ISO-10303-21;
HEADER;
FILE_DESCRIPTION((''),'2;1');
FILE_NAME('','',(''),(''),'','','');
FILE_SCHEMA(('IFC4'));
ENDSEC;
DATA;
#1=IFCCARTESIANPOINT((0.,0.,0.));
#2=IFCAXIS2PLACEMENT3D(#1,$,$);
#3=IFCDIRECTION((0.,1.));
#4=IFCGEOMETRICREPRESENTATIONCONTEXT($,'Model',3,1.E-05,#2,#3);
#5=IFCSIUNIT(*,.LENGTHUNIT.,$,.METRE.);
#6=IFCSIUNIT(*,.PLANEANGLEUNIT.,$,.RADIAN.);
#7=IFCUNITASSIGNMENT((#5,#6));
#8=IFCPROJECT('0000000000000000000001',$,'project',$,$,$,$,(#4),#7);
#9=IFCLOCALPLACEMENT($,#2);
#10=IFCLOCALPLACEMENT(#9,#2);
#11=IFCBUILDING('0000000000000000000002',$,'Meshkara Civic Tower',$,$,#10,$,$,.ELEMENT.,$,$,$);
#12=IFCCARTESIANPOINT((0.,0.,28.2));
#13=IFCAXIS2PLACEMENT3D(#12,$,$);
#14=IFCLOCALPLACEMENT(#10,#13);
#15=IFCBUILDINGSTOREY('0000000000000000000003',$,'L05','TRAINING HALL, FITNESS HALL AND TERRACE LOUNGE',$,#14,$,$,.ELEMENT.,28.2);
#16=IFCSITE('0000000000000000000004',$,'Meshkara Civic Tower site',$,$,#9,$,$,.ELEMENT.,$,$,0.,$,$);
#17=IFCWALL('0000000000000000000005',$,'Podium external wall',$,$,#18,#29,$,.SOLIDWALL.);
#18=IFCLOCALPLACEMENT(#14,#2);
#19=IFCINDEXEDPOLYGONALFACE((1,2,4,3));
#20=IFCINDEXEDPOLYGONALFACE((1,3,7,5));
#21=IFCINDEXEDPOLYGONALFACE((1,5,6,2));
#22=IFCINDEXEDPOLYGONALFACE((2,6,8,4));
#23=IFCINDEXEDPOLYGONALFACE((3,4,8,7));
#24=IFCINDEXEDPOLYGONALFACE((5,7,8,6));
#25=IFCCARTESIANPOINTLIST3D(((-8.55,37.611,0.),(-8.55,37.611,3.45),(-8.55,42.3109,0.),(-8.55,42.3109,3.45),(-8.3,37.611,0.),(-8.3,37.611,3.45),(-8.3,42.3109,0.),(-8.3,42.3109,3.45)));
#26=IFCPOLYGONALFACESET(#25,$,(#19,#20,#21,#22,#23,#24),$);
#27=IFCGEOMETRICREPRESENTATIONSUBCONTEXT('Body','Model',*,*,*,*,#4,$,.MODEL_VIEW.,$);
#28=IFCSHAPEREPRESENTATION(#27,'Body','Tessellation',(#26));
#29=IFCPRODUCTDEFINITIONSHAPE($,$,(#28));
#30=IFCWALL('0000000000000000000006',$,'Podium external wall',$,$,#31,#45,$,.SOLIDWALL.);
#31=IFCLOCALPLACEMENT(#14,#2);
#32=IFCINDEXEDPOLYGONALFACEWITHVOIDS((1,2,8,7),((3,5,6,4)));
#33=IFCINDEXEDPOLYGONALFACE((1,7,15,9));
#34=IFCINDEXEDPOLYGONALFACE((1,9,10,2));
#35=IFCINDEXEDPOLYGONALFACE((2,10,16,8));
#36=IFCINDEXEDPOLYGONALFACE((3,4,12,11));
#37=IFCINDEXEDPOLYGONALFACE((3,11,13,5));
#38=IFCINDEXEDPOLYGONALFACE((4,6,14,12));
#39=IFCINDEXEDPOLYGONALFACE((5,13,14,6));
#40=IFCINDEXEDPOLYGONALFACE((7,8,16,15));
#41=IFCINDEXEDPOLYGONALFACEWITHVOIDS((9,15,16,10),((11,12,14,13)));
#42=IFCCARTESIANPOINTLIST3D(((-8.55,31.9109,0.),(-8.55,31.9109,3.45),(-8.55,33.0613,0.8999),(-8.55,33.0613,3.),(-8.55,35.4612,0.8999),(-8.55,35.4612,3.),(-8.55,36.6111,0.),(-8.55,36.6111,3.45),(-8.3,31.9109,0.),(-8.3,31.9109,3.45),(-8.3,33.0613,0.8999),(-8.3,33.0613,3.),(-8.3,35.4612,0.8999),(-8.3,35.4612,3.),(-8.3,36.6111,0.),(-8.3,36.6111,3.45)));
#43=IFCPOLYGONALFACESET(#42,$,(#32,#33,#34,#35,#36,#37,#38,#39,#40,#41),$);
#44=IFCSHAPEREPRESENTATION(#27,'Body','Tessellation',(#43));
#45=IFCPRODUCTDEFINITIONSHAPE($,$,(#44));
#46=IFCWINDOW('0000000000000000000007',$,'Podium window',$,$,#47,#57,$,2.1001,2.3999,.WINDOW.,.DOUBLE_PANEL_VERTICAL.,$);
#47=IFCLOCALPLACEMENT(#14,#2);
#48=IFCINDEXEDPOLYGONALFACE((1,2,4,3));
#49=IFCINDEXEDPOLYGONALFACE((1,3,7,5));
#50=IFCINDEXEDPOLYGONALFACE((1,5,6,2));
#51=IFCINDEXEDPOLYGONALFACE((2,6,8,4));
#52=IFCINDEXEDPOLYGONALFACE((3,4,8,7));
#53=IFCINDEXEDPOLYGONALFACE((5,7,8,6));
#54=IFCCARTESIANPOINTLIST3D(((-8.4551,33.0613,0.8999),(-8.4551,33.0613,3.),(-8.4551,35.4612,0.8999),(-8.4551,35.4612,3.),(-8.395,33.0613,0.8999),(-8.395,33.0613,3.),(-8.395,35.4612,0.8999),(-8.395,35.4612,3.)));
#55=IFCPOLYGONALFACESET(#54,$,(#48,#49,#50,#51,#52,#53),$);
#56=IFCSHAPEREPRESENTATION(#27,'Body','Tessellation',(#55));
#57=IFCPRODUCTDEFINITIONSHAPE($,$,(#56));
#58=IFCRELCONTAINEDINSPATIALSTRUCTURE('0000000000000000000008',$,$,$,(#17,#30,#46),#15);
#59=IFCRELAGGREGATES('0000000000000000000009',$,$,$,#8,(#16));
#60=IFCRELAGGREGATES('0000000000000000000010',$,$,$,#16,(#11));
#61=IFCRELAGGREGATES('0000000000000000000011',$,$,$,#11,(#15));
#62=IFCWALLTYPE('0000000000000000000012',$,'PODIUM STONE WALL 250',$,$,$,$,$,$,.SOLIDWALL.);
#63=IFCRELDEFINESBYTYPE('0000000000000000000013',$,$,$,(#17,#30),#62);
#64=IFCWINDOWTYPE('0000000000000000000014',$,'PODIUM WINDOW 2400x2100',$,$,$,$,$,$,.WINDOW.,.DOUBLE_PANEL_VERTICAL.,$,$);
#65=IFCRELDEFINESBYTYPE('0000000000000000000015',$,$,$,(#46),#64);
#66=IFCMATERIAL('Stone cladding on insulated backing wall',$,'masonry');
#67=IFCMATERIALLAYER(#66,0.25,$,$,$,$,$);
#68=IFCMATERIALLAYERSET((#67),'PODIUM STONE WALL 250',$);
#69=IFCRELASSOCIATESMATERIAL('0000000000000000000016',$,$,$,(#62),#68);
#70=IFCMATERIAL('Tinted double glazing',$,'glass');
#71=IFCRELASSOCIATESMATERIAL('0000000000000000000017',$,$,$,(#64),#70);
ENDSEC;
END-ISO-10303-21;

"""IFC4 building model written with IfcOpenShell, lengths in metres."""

from ifc_helpers import new_model, si_unit, direction, frame, frame_2d, origin, place, context, subcontext, project, spatial, rectangle, extrude, material, layer, layer_set, type_object, element, fill, save


model = new_model("IFC4")

# Units and contexts
model_context = context("Model", 3, precision=1e-05, world=origin(), true_north=direction((0.0, 1.0)))
body_context = subcontext(model_context, "Body", "Model", "MODEL_VIEW")
ifc_project = project(units=[si_unit("LENGTHUNIT", "METRE"), si_unit("PLANEANGLEUNIT", "RADIAN")], contexts=[model_context])

# Site, building, storey
site_placement = place(None, origin())
site = spatial("IfcSite", under=ifc_project, at=site_placement, Name="Meshkara Civic Tower site", CompositionType="ELEMENT", RefElevation=0.0)
building_placement = place(site_placement, origin())
building = spatial("IfcBuilding", under=site, at=building_placement, Name="Meshkara Civic Tower", CompositionType="ELEMENT")
storey_placement = place(building_placement, frame((0.0, 0.0, 28.2)))
storey = spatial("IfcBuildingStorey", under=building, at=storey_placement, Name="L05", Description="TRAINING HALL, FITNESS HALL AND TERRACE LOUNGE", CompositionType="ELEMENT", Elevation=28.2)

# Shared definitions
ifc_material_1 = material(Name="Stone cladding on insulated backing wall", Category="masonry")
ifc_layer = layer(ifc_material_1, 0.25)
ifc_layer_set = layer_set([ifc_layer], Name="PODIUM STONE WALL 250")
wall_type = type_object("IfcWallType", Name="PODIUM STONE WALL 250", PredefinedType="SOLIDWALL", material=ifc_layer_set)
ifc_material_2 = material(Name="Tinted double glazing", Category="glass")
window_type = type_object("IfcWindowType", Name="PODIUM WINDOW 2400x2100", PartitioningType="DOUBLE_PANEL_VERTICAL", PredefinedType="WINDOW", material=ifc_material_2)

# Wall
wall_1_placement = place(storey_placement, frame((-8.425, 42.311, 0.0), z_axis=(0.0, 0.0, 1.0), x_axis=(0.0, -1.0, 0.0)))
element("IfcWall", 1, at=wall_1_placement, inside=storey, type_object=wall_type, Name="Podium external wall", PredefinedType="SOLIDWALL", context=body_context, shape_type="SweptSolid", body=[
    extrude(rectangle(XDim=4.7, YDim=0.25, at=frame_2d((2.3501, 0.0))), origin(), (0.0, 0.0, 1.0), 3.45),
])

# Wall, opening, window
wall_2_placement = place(storey_placement, frame((-8.425, 36.6111, 0.0), z_axis=(0.0, 0.0, 1.0), x_axis=(0.0, -1.0, 0.0)))
wall_2 = element("IfcWall", 2, at=wall_2_placement, inside=storey, type_object=wall_type, Name="Podium external wall", PredefinedType="SOLIDWALL", context=body_context, shape_type="SweptSolid", body=[
    extrude(rectangle(XDim=4.7002, YDim=0.25, at=frame_2d((2.3501, 0.0))), origin(), (0.0, 0.0, 1.0), 3.45),
])
opening_1_placement = place(wall_2_placement, frame((1.1499, 0.0, 0.8999)))
opening_1 = element("IfcOpeningElement", 3, at=opening_1_placement, cuts=wall_2, PredefinedType="OPENING", context=body_context, shape_type="SweptSolid", body=[
    extrude(rectangle(XDim=2.3999, YDim=2.1001, at=frame_2d((1.2, 1.05))), frame((0.0, 0.135, 0.0), z_axis=(0.0, -1.0, 0.0), x_axis=(1.0, 0.0, 0.0)), (0.0, 0.0, 1.0), 0.27),
])
window_1_placement = place(opening_1_placement, origin())
window_1 = element("IfcWindow", 4, at=window_1_placement, inside=storey, type_object=window_type, Name="Podium window", OverallHeight=2.1001, OverallWidth=2.3999, PartitioningType="DOUBLE_PANEL_VERTICAL", PredefinedType="WINDOW", context=body_context, shape_type="SweptSolid", body=[
    extrude(rectangle(XDim=2.3999, YDim=2.1001, at=frame_2d((1.2, 1.05))), frame((0.0, 0.03, 0.0), z_axis=(0.0, -1.0, 0.0), x_axis=(1.0, 0.0, 0.0)), (0.0, 0.0, 1.0), 0.0601),
])
fill(opening_1, window_1)

save(model, "model.ifc")
